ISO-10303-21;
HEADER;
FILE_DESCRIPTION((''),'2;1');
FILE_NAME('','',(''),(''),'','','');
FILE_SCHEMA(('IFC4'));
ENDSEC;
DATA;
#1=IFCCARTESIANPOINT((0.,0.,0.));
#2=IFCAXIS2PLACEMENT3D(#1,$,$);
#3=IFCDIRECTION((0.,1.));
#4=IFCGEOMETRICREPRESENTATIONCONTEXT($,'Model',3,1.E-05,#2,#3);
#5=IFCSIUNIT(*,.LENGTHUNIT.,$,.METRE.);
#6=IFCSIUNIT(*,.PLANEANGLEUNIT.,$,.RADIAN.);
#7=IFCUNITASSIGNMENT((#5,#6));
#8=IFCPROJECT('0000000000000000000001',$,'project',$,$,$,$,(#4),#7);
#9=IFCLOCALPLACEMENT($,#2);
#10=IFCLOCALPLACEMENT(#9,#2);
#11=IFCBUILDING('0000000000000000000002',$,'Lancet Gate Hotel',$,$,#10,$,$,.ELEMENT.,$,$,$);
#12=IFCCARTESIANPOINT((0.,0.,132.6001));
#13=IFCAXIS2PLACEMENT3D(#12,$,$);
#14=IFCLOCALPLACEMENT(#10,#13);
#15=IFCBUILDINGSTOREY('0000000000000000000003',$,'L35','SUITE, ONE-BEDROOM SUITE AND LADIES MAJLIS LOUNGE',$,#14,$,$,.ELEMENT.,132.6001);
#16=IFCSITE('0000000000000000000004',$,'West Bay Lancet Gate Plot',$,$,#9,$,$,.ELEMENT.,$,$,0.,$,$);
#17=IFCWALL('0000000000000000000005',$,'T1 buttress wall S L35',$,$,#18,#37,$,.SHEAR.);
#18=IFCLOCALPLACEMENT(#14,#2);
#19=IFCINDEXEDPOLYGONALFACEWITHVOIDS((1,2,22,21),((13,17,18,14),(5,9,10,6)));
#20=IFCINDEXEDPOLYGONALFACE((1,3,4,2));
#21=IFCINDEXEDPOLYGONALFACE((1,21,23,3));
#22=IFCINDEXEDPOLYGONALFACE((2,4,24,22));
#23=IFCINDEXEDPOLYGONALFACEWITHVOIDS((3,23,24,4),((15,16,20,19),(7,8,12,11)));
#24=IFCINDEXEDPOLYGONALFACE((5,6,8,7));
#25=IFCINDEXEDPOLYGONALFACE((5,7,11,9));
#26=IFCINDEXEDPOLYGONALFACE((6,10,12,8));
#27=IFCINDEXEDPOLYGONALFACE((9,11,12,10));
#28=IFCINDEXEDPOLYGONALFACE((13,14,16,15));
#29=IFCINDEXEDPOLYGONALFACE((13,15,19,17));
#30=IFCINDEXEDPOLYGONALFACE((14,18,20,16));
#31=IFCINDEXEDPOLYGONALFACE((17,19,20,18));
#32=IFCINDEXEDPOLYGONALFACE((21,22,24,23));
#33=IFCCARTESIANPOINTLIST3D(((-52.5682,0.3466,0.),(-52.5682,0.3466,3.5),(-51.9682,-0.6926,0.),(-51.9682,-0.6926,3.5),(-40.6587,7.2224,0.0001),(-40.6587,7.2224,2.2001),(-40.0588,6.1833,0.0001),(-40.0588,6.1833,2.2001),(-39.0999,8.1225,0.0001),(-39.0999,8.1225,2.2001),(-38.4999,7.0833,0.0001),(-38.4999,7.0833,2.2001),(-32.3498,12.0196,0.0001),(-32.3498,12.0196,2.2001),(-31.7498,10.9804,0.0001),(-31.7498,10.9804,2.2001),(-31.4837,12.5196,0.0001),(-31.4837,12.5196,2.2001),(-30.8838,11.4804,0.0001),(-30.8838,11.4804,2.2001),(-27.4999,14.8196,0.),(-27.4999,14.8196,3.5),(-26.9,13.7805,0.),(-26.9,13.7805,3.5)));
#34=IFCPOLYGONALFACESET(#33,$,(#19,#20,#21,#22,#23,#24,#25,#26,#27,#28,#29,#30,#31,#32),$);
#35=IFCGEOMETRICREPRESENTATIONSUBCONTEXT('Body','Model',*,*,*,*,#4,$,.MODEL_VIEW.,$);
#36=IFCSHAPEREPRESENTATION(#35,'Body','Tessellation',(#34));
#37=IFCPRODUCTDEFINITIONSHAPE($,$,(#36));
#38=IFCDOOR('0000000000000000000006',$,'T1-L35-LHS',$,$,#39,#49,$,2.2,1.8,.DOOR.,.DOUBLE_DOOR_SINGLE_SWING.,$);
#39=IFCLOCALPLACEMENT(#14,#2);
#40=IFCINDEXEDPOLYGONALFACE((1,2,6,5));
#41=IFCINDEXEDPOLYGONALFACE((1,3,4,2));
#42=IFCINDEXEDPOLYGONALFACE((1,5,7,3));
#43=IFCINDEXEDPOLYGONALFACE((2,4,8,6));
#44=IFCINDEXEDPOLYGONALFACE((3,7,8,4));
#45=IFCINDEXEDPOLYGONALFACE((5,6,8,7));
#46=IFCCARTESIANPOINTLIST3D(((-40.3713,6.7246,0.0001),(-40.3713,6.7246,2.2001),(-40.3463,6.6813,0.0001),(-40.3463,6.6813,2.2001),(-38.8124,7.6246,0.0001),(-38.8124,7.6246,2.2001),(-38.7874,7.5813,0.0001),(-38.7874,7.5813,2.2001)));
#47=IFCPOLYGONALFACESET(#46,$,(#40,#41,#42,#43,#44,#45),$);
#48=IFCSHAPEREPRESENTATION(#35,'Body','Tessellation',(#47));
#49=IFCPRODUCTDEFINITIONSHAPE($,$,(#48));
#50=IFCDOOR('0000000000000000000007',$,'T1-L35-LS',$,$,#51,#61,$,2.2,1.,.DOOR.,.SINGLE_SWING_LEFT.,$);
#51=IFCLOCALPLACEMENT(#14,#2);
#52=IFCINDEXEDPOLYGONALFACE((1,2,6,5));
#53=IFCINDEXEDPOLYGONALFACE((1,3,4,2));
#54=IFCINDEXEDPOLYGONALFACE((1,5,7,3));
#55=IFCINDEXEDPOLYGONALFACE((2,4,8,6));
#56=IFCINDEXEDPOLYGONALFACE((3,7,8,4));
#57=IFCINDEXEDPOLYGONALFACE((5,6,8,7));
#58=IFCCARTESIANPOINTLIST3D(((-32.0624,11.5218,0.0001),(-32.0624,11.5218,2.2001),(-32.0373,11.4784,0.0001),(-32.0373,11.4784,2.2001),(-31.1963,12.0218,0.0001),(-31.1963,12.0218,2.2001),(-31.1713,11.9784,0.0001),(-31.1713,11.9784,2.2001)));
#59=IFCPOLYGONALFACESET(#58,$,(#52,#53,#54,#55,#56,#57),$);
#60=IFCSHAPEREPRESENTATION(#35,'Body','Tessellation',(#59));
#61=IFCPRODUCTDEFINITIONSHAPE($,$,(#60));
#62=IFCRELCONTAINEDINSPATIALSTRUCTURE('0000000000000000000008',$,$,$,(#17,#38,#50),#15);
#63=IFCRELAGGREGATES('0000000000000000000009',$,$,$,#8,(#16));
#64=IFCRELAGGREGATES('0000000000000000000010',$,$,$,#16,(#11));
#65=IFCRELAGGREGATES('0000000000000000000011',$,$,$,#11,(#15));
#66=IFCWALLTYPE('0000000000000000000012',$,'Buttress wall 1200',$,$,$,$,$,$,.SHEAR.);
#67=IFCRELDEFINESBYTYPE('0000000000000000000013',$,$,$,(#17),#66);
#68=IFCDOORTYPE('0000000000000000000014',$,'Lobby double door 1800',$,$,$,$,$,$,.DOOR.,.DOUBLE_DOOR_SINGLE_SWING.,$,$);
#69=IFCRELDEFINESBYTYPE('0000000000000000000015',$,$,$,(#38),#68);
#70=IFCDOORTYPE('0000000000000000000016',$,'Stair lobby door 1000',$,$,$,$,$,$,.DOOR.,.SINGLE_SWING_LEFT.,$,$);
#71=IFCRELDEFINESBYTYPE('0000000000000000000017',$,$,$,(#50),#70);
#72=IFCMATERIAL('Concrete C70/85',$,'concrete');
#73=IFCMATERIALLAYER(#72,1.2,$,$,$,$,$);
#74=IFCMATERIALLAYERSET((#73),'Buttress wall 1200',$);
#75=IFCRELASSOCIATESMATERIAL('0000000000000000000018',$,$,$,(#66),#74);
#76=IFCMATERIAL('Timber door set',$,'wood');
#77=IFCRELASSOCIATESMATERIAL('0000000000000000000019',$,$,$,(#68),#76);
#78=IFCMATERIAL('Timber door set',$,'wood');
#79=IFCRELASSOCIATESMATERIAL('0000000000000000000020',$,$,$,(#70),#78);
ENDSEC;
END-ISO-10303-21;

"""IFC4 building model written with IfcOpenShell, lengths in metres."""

from ifc_helpers import new_model, si_unit, direction, frame, frame_2d, origin, place, context, subcontext, project, spatial, rectangle, extrude, material, layer, layer_set, type_object, element, fill, save


model = new_model("IFC4")

# Units and contexts
model_context = context("Model", 3, precision=1e-05, world=origin(), true_north=direction((0.0, 1.0)))
body_context = subcontext(model_context, "Body", "Model", "MODEL_VIEW")
ifc_project = project(units=[si_unit("LENGTHUNIT", "METRE"), si_unit("PLANEANGLEUNIT", "RADIAN")], contexts=[model_context])

# Site, building, storey
site_placement = place(None, origin())
site = spatial("IfcSite", under=ifc_project, at=site_placement, Name="West Bay Lancet Gate Plot", CompositionType="ELEMENT", RefElevation=0.0)
building_placement = place(site_placement, origin())
building = spatial("IfcBuilding", under=site, at=building_placement, Name="Lancet Gate Hotel", CompositionType="ELEMENT")
storey_placement = place(building_placement, frame((0.0, 0.0, 132.6001)))
storey = spatial("IfcBuildingStorey", under=building, at=storey_placement, Name="L35", Description="SUITE, ONE-BEDROOM SUITE AND LADIES MAJLIS LOUNGE", CompositionType="ELEMENT", Elevation=132.6001)

# Wall, openings, doors
ifc_material_1 = material(Name="Concrete C70/85", Category="concrete")
ifc_layer_1 = layer(ifc_material_1, 1.2)
ifc_layer_set_1 = layer_set([ifc_layer_1], Name="Buttress wall 1200")
wall_type = type_object("IfcWallType", Name="Buttress wall 1200", PredefinedType="SHEAR", material=ifc_layer_set_1)
wall_placement = place(storey_placement, frame((-27.2, 14.3, 0.0), z_axis=(0.0, 0.0, 1.0), x_axis=(-0.866027, -0.499998, 0.0)))
wall = element("IfcWall", 1, at=wall_placement, inside=storey, type_object=wall_type, Name="T1 buttress wall S L35", PredefinedType="SHEAR", context=body_context, shape_type="SweptSolid", body=[
    extrude(rectangle(XDim=28.9463, YDim=1.2, at=frame_2d((14.4731, 0.0))), origin(), (0.0, 0.0, 1.0), 3.5),
])
opening_1_placement = place(wall_placement, frame((4.6001, 0.0, 0.0)))
opening_1 = element("IfcOpeningElement", 2, at=opening_1_placement, cuts=wall, PredefinedType="OPENING", context=body_context, shape_type="SweptSolid", body=[
    extrude(rectangle(XDim=1.0, YDim=2.2, at=frame_2d((0.5, 1.1001))), frame((0.0, 0.6099, 0.0), z_axis=(0.0, -1.0, 0.0), x_axis=(1.0, 0.0, 0.0)), (0.0, 0.0, 1.0), 1.22),
])
opening_2_placement = place(wall_placement, frame((13.3945, 0.0, 0.0)))
opening_2 = element("IfcOpeningElement", 3, at=opening_2_placement, cuts=wall, PredefinedType="OPENING", context=body_context, shape_type="SweptSolid", body=[
    extrude(rectangle(XDim=1.8, YDim=2.2, at=frame_2d((0.8999, 1.1001))), frame((0.0, 0.6099, 0.0), z_axis=(0.0, -1.0, 0.0), x_axis=(1.0, 0.0, 0.0)), (0.0, 0.0, 1.0), 1.22),
])
ifc_material_2 = material(Name="Timber door set", Category="wood")
door_type_1 = type_object("IfcDoorType", Name="Lobby double door 1800", OperationType="DOUBLE_DOOR_SINGLE_SWING", PredefinedType="DOOR", material=ifc_material_2)
door_1_placement = place(opening_2_placement, origin())
door_1 = element("IfcDoor", 4, at=door_1_placement, inside=storey, type_object=door_type_1, Name="T1-L35-LHS", OperationType="DOUBLE_DOOR_SINGLE_SWING", OverallHeight=2.2, OverallWidth=1.8, PredefinedType="DOOR", context=body_context, shape_type="SweptSolid", body=[
    extrude(rectangle(XDim=1.8, YDim=2.2, at=frame_2d((0.8999, 1.1001))), frame((0.0, 0.0249, 0.0), z_axis=(0.0, -1.0, 0.0), x_axis=(1.0, 0.0, 0.0)), (0.0, 0.0, 1.0), 0.05),
])
fill(opening_2, door_1)
ifc_material_3 = material(Name="Timber door set", Category="wood")
door_type_2 = type_object("IfcDoorType", Name="Stair lobby door 1000", OperationType="SINGLE_SWING_LEFT", PredefinedType="DOOR", material=ifc_material_3)
door_2_placement = place(opening_1_placement, origin())
door_2 = element("IfcDoor", 5, at=door_2_placement, inside=storey, type_object=door_type_2, Name="T1-L35-LS", OperationType="SINGLE_SWING_LEFT", OverallHeight=2.2, OverallWidth=1.0, PredefinedType="DOOR", context=body_context, shape_type="SweptSolid", body=[
    extrude(rectangle(XDim=1.0, YDim=2.2, at=frame_2d((0.5, 1.1001))), frame((0.0, 0.0249, 0.0), z_axis=(0.0, -1.0, 0.0), x_axis=(1.0, 0.0, 0.0)), (0.0, 0.0, 1.0), 0.05),
])
fill(opening_1, door_2)

save(model, "model.ifc")
